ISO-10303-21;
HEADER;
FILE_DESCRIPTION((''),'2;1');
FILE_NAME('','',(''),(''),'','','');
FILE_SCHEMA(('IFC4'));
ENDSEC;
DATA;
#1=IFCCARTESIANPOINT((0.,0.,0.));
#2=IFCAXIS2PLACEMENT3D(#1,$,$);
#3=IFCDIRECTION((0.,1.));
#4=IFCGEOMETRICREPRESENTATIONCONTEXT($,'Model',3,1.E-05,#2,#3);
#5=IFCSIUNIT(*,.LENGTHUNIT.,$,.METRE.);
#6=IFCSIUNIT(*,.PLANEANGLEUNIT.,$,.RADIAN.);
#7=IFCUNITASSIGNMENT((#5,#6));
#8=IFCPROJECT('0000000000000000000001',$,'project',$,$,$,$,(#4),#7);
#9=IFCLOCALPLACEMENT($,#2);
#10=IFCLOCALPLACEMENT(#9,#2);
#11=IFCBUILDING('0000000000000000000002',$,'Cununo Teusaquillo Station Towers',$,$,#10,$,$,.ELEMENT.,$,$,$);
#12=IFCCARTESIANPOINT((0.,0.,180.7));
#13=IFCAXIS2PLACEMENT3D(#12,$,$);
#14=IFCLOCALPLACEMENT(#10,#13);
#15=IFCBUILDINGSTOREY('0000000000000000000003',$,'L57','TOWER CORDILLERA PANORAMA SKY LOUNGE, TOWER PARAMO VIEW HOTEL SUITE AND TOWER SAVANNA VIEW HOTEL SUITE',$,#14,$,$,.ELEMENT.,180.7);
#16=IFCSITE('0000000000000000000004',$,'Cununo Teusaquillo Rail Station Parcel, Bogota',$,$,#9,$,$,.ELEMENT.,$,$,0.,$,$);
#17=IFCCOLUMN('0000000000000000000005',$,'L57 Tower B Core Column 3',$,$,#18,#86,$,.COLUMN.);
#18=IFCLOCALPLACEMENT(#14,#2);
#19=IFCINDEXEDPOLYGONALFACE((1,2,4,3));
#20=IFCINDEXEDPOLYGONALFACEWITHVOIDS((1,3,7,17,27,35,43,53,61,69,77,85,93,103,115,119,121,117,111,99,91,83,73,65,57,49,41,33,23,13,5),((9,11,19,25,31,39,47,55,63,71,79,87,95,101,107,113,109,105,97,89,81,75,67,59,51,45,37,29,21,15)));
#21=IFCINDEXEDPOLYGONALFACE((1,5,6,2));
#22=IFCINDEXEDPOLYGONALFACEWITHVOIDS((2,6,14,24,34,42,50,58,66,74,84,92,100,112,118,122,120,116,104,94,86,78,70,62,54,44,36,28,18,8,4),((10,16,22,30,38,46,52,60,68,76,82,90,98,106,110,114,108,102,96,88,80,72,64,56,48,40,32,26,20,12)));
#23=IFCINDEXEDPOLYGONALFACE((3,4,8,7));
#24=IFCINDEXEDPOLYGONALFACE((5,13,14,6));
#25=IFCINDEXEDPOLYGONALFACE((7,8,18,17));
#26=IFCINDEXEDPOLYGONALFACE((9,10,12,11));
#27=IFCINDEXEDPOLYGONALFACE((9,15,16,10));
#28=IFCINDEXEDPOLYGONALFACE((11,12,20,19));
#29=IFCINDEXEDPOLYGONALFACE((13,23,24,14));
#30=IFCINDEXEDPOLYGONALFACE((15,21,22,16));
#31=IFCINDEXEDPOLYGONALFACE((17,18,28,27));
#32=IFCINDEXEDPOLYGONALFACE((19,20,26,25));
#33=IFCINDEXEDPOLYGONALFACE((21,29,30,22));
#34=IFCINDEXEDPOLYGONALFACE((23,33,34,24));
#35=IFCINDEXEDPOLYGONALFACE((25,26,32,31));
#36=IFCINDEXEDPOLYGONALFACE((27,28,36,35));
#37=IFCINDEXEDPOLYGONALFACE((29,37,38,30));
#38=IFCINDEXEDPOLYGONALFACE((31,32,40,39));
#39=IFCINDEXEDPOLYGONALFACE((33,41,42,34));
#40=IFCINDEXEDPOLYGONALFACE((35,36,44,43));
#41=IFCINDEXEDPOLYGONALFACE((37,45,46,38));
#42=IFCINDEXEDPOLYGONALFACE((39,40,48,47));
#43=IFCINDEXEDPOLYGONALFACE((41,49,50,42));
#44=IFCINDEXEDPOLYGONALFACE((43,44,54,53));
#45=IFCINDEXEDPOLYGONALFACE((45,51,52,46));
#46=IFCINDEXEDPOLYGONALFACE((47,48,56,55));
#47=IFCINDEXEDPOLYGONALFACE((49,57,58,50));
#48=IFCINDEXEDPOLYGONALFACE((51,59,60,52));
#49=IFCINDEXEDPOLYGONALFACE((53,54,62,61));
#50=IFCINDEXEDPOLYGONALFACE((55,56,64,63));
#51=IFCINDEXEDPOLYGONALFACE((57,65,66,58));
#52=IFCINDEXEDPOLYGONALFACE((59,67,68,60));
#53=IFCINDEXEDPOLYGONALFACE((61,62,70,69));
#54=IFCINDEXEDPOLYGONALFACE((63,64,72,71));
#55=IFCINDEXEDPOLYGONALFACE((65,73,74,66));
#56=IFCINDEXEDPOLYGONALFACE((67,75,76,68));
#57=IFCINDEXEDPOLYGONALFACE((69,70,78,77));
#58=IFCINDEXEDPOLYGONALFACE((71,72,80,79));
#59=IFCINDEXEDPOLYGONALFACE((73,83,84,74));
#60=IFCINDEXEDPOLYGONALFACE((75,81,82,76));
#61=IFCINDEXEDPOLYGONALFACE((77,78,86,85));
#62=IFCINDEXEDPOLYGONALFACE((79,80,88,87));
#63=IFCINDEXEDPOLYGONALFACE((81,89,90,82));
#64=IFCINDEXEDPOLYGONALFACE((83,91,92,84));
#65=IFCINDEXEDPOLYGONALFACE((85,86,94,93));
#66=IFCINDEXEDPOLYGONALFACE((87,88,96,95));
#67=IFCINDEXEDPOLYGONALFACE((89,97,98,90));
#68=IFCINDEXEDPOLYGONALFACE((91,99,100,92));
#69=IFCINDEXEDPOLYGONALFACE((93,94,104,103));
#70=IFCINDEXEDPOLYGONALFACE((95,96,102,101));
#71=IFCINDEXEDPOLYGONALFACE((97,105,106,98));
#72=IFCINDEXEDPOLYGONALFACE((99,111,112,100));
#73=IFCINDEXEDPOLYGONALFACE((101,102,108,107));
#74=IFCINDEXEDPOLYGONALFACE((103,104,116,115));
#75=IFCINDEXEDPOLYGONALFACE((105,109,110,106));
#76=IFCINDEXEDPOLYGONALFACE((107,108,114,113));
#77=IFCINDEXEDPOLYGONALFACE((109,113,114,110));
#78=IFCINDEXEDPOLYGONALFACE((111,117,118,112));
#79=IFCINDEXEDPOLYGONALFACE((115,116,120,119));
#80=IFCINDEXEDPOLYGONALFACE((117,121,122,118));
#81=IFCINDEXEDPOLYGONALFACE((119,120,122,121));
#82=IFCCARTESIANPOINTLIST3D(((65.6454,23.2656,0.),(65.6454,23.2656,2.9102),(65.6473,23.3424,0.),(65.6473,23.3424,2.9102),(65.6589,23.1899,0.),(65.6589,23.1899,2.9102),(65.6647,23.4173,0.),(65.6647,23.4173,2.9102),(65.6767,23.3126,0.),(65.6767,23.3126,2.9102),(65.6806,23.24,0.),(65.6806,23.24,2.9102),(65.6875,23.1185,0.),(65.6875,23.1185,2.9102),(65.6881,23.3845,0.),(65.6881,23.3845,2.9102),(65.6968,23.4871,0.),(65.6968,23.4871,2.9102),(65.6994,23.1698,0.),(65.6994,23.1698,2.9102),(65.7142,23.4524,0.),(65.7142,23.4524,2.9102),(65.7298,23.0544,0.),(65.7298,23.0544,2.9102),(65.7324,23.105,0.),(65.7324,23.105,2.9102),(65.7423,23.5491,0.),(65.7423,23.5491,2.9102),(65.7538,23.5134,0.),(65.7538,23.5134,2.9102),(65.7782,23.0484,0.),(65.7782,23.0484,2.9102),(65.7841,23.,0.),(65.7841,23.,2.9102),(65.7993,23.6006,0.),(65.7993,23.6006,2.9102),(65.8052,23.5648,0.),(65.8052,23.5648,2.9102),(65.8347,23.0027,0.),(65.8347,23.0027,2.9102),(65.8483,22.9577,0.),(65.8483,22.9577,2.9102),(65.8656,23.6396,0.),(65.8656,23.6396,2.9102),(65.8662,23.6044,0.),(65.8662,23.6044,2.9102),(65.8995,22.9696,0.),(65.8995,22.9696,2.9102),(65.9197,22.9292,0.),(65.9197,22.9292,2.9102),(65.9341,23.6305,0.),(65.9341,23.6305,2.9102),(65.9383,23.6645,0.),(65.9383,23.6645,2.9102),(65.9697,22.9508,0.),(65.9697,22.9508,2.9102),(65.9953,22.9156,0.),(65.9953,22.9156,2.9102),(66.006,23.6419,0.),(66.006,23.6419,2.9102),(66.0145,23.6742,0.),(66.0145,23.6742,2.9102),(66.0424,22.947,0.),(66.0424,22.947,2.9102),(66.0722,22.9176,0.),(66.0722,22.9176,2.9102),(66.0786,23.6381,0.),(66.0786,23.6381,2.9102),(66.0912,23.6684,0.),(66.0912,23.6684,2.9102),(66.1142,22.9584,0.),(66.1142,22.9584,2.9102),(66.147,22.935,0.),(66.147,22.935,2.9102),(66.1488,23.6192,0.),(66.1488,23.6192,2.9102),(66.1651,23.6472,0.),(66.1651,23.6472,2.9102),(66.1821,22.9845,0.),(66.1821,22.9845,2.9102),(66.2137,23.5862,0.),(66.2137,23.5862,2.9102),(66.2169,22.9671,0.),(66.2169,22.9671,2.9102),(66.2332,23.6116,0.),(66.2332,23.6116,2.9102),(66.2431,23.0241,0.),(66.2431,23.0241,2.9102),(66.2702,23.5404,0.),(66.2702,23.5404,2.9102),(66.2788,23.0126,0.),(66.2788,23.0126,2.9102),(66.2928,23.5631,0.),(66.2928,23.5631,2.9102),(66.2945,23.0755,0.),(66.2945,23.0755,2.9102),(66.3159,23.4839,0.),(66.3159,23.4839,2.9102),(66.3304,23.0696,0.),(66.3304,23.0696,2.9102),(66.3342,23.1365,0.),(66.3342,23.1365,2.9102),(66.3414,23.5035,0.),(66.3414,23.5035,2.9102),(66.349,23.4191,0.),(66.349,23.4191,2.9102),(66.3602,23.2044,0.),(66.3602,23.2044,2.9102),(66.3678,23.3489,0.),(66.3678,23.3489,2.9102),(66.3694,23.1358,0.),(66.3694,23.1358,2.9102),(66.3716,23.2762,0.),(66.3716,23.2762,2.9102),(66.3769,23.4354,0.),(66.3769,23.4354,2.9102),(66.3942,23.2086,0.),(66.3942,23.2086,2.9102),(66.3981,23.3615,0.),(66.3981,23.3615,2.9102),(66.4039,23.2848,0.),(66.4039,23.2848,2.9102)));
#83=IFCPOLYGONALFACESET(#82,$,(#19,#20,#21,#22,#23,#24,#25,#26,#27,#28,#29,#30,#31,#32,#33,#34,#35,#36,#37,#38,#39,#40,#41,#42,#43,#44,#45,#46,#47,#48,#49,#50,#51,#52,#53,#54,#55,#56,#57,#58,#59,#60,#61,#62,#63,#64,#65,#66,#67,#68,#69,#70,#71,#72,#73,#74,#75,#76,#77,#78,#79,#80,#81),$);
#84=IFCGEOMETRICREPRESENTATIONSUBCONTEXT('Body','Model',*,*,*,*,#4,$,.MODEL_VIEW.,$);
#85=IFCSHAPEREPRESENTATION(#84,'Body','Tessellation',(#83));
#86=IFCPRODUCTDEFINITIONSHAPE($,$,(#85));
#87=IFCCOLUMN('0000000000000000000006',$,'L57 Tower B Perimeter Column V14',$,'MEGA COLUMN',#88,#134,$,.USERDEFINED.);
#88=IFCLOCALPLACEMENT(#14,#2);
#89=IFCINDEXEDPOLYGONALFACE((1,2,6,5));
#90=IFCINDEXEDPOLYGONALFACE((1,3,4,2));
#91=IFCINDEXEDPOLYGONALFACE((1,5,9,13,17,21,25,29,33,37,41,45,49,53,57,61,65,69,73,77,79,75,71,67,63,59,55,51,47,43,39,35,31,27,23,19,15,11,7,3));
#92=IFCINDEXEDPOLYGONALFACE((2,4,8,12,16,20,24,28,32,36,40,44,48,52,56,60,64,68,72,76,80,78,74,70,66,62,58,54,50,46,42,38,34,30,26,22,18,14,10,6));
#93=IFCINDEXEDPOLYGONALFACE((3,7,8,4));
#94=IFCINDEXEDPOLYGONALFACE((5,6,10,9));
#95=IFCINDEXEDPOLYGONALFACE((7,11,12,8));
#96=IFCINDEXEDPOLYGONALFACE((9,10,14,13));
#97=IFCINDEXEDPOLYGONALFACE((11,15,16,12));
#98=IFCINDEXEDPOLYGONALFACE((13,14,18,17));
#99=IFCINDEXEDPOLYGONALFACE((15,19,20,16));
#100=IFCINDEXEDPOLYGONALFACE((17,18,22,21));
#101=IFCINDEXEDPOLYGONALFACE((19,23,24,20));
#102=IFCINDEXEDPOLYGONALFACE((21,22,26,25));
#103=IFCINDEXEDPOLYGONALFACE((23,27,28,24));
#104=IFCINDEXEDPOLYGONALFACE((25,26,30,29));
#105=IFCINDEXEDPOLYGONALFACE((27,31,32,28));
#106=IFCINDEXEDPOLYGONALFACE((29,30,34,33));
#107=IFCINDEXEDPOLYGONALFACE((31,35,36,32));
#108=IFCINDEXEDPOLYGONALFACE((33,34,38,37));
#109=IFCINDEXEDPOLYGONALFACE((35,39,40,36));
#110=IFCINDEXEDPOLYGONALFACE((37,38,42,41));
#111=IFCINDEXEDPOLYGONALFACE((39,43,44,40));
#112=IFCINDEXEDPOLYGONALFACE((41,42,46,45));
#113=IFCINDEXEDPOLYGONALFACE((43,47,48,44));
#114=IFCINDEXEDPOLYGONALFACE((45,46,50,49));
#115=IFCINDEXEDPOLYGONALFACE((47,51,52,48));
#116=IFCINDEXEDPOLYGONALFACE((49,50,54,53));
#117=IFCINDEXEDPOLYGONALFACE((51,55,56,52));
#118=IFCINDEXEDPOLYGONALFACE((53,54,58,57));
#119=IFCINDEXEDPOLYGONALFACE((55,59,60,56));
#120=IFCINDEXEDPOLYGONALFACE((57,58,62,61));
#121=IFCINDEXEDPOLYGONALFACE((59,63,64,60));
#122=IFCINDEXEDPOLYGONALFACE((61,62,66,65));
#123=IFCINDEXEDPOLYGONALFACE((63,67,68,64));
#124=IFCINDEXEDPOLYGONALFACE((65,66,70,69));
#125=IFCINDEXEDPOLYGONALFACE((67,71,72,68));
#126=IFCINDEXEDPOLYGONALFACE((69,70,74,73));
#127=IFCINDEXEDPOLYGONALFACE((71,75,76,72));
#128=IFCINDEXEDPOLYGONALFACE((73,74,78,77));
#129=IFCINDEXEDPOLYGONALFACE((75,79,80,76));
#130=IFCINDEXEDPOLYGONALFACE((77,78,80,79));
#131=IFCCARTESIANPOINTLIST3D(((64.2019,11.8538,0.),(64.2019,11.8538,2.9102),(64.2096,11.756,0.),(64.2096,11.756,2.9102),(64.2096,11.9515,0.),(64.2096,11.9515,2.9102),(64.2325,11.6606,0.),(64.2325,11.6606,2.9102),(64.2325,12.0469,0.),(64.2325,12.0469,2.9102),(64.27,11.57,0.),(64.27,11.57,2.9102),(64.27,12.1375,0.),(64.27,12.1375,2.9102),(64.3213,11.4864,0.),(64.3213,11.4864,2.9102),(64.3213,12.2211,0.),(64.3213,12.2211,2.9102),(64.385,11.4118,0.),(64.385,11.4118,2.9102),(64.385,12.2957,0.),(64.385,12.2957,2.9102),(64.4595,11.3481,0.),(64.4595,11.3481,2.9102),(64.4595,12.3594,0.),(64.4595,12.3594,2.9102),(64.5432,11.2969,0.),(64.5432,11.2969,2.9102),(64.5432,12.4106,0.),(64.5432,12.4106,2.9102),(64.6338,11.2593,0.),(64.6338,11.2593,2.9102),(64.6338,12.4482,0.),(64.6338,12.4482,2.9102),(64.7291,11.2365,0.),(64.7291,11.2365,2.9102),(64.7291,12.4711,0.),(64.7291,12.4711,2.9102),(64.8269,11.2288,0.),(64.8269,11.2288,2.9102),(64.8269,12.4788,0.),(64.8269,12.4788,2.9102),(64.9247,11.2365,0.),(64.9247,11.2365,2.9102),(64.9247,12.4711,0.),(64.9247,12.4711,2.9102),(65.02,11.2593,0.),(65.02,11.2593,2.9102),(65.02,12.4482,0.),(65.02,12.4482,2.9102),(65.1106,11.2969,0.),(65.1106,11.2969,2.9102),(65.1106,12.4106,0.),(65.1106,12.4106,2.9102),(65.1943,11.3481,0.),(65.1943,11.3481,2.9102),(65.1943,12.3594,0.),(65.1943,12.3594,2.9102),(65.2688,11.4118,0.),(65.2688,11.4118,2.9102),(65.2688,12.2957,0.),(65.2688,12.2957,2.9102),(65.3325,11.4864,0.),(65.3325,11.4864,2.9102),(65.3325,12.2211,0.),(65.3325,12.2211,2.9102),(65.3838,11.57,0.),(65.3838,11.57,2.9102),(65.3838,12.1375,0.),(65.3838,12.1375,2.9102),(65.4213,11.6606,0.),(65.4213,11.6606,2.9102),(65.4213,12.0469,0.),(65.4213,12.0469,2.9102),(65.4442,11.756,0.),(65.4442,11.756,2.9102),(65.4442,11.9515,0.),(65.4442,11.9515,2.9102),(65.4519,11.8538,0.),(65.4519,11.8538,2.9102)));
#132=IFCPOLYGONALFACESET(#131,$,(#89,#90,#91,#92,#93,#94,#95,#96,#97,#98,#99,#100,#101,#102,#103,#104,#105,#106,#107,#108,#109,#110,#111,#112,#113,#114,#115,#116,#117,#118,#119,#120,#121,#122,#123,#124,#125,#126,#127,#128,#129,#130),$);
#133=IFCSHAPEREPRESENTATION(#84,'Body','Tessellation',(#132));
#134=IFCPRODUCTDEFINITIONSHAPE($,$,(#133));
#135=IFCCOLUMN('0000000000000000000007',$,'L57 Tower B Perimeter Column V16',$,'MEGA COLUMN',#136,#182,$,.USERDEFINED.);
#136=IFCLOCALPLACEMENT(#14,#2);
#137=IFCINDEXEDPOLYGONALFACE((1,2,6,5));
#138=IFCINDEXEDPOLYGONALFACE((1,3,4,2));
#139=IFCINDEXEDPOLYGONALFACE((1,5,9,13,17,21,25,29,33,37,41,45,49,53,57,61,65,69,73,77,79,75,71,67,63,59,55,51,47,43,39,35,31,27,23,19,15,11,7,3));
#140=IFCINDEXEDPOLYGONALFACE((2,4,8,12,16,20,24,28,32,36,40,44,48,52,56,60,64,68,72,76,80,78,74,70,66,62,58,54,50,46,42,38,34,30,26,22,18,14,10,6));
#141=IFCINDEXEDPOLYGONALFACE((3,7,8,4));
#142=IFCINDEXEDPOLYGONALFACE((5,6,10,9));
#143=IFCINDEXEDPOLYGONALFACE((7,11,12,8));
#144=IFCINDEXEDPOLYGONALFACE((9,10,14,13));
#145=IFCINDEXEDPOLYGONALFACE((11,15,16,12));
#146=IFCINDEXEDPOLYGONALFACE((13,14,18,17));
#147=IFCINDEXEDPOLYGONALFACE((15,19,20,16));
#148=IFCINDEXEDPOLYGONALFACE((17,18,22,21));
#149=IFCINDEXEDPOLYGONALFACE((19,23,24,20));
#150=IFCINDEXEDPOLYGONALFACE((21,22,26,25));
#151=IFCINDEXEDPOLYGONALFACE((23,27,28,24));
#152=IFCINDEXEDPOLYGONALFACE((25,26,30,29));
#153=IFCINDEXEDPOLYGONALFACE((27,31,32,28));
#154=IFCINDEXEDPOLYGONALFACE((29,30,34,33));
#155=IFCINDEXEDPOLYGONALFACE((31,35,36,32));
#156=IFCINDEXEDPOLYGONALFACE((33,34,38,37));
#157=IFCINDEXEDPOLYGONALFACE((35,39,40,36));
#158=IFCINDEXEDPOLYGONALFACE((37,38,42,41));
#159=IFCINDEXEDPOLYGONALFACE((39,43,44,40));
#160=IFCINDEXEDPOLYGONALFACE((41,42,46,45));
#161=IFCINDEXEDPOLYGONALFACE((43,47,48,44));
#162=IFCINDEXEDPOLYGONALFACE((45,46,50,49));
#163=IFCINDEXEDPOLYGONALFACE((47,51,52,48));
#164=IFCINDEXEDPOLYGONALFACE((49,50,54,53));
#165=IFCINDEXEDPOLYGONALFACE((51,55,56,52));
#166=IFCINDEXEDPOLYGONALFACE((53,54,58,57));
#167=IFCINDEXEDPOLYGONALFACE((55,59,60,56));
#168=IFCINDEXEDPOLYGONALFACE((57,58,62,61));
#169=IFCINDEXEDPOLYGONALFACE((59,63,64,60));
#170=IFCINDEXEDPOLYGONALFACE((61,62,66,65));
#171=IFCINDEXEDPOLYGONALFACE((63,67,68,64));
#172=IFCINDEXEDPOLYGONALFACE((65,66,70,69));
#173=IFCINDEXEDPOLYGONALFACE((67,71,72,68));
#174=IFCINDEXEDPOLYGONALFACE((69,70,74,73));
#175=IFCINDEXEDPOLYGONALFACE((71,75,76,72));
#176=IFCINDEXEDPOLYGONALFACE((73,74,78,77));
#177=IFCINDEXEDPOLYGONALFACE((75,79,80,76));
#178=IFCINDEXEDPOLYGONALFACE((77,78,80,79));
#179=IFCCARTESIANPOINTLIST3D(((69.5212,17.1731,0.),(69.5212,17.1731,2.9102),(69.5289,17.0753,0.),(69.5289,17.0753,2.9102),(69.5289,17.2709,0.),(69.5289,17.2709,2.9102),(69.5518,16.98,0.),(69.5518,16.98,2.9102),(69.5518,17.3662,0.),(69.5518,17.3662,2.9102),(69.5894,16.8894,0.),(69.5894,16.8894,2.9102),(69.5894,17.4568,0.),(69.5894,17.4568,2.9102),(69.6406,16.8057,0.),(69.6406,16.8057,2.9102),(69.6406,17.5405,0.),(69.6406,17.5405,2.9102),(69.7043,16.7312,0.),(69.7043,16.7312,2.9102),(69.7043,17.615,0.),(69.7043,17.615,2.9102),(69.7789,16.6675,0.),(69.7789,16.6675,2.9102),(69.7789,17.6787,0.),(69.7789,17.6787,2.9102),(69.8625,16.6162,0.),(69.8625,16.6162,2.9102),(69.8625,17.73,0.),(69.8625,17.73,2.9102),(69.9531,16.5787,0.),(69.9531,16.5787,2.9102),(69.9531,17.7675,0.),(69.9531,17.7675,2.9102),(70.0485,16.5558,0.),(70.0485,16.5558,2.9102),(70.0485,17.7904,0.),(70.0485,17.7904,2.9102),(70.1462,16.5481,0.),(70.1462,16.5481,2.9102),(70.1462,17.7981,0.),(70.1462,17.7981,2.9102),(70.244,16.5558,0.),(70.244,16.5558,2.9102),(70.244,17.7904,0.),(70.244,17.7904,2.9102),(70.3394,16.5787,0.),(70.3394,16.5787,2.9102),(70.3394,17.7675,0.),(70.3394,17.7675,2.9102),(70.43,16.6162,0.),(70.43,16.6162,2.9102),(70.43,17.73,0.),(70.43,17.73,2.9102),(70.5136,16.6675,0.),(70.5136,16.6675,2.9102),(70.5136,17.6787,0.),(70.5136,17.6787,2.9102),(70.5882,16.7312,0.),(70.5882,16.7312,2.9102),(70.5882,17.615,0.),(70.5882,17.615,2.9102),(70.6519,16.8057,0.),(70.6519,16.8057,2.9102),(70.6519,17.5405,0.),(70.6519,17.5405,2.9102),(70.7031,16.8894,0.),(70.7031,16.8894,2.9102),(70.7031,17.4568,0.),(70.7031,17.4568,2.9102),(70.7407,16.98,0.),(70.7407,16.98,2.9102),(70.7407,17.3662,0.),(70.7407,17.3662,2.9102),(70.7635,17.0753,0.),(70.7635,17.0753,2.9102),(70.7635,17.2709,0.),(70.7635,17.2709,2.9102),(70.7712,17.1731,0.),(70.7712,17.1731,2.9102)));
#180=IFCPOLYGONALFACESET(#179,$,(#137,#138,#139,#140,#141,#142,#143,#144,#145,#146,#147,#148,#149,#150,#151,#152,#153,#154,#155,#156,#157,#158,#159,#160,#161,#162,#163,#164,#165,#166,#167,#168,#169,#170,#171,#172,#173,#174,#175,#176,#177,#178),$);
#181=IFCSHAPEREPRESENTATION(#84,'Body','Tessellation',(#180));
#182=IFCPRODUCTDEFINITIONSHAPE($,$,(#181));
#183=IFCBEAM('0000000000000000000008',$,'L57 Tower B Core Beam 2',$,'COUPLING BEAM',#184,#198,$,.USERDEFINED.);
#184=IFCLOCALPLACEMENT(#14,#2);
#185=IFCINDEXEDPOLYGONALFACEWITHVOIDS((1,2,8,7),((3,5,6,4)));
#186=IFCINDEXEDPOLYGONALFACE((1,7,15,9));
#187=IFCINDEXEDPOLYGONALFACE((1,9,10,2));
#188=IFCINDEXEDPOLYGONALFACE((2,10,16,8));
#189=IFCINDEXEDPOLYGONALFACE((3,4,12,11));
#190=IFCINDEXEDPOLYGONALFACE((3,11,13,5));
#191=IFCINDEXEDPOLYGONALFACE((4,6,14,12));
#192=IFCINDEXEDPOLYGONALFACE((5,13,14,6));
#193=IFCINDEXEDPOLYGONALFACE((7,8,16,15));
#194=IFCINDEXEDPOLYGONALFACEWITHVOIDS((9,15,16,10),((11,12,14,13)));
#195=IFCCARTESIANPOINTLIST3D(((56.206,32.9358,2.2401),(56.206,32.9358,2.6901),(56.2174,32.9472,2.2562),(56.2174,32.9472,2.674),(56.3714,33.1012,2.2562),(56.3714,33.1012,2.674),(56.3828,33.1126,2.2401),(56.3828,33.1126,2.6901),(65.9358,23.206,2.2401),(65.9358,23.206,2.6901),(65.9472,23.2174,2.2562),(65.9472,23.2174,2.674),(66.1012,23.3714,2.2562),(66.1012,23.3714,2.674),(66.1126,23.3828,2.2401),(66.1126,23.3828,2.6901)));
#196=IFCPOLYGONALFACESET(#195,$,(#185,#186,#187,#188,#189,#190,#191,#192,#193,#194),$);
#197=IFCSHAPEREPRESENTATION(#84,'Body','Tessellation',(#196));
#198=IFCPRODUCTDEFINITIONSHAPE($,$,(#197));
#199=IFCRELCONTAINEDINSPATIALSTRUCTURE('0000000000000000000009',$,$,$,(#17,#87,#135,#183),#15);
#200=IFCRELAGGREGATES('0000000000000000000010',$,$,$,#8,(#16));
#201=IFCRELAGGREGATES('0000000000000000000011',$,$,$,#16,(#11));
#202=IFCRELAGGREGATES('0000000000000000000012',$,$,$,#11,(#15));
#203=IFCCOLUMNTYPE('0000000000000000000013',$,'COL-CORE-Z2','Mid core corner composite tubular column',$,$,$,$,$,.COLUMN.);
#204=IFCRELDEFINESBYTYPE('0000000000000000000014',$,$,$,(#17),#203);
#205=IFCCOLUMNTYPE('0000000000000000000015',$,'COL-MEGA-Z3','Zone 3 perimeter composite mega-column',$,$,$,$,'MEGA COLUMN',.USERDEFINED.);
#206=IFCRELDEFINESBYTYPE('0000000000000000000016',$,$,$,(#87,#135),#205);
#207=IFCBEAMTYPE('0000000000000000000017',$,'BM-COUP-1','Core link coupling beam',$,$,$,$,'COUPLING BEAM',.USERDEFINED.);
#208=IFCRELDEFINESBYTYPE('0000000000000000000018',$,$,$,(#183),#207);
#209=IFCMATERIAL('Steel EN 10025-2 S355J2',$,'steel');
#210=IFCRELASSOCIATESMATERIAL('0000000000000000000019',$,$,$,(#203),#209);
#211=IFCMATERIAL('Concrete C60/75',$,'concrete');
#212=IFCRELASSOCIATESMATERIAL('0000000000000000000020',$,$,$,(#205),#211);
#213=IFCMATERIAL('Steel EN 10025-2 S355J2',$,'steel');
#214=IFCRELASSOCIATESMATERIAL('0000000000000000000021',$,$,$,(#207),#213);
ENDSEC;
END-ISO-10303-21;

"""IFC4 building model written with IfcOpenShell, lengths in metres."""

from ifc_helpers import new_model, si_unit, direction, frame, origin, origin_2d, place, context, subcontext, project, spatial, hollow_rectangle, circle, hollow_circle, extrude, material, material_profile, profile_set, type_object, element, save


model = new_model("IFC4")

# Units and contexts
model_context = context("Model", 3, precision=1e-05, world=origin(), true_north=direction((0.0, 1.0)))
body_context = subcontext(model_context, "Body", "Model", "MODEL_VIEW")
ifc_project = project(units=[si_unit("LENGTHUNIT", "METRE"), si_unit("PLANEANGLEUNIT", "RADIAN")], contexts=[model_context])

# Site, building, storey
site_placement = place(None, origin())
site = spatial("IfcSite", under=ifc_project, at=site_placement, Name="Cununo Teusaquillo Rail Station Parcel, Bogota", CompositionType="ELEMENT", RefElevation=0.0)
building_placement = place(site_placement, origin())
building = spatial("IfcBuilding", under=site, at=building_placement, Name="Cununo Teusaquillo Station Towers", CompositionType="ELEMENT")
storey_placement = place(building_placement, frame((0.0, 0.0, 180.7)))
storey = spatial("IfcBuildingStorey", under=building, at=storey_placement, Name="L57", Description="TOWER CORDILLERA PANORAMA SKY LOUNGE, TOWER PARAMO VIEW HOTEL SUITE AND TOWER SAVANNA VIEW HOTEL SUITE", CompositionType="ELEMENT", Elevation=180.7)

# Columns
ifc_material_1 = material(Name="Steel EN 10025-2 S355J2", Category="steel")
ifc_material_profile_1 = material_profile(ifc_material_1, hollow_circle(Radius=0.3799, WallThickness=0.032, at=origin_2d()), Name="CHS 760x32")
ifc_profile_set_1 = profile_set([ifc_material_profile_1], Name="Steel EN 10025-2 S355J2")
column_type_1 = type_object("IfcColumnType", Name="COL-CORE-Z2", Description="Mid core corner composite tubular column", PredefinedType="COLUMN", material=ifc_profile_set_1)
column_placement = place(storey_placement, frame((66.0242, 23.2944, 0.0), z_axis=(0.0, 0.0, 1.0), x_axis=(0.707107, 0.707107, 0.0)))
element("IfcColumn", 1, at=column_placement, inside=storey, type_object=column_type_1, Name="L57 Tower B Core Column 3", PredefinedType="COLUMN", context=body_context, shape_type="SweptSolid", body=[
    extrude(hollow_circle(Radius=0.3799, WallThickness=0.032, at=origin_2d()), origin(), (0.0, 0.0, 1.0), 2.9102),
])
ifc_material_2 = material(Name="Concrete C60/75", Category="concrete")
ifc_material_profile_2 = material_profile(ifc_material_2, circle(Radius=0.625, at=origin_2d()), Name="RC-CIRC-1250")
ifc_profile_set_2 = profile_set([ifc_material_profile_2], Name="Concrete C60/75")
column_type_2 = type_object("IfcColumnType", Name="COL-MEGA-Z3", Description="Zone 3 perimeter composite mega-column", ElementType="MEGA COLUMN", PredefinedType="USERDEFINED", material=ifc_profile_set_2)
for number, where, z_axis, x_axis, name in (
    (2, (64.8269, 11.8538, 0.0), (0.0, 0.0, 1.0), (1.0, 0.0, 0.0), "L57 Tower B Perimeter Column V14"),
    (3, (70.1462, 17.1731, 0.0), (0.0, 0.0, 1.0), (1.0, 0.0, 0.0), "L57 Tower B Perimeter Column V16"),
):
    element("IfcColumn", number, at=place(storey_placement, frame(where, z_axis=z_axis, x_axis=x_axis)), inside=storey, type_object=column_type_2, Name=name, ObjectType="MEGA COLUMN", PredefinedType="USERDEFINED", context=body_context, shape_type="SweptSolid", body=[
        extrude(circle(Radius=0.625, at=origin_2d()), origin(), (0.0, 0.0, 1.0), 2.9102),
    ])

# Beam
ifc_material_3 = material(Name="Steel EN 10025-2 S355J2", Category="steel")
ifc_material_profile_3 = material_profile(ifc_material_3, hollow_rectangle(XDim=0.25, YDim=0.45, WallThickness=0.0161, at=origin_2d()), Name="RHS 450x250x16")
ifc_profile_set_3 = profile_set([ifc_material_profile_3], Name="Steel EN 10025-2 S355J2")
beam_type_1 = type_object("IfcBeamType", Name="BM-COUP-1", Description="Core link coupling beam", ElementType="COUPLING BEAM", PredefinedType="USERDEFINED", material=ifc_profile_set_3)
beam_1_placement = place(storey_placement, frame((66.0242, 23.2944, 2.4651), z_axis=(-0.707107, 0.707107, 0.0), x_axis=(-0.707107, -0.707107, 0.0)))
element("IfcBeam", 4, at=beam_1_placement, inside=storey, type_object=beam_type_1, Name="L57 Tower B Core Beam 2", ObjectType="COUPLING BEAM", PredefinedType="USERDEFINED", context=body_context, shape_type="SweptSolid", body=[
    extrude(hollow_rectangle(XDim=0.25, YDim=0.45, WallThickness=0.0161, at=origin_2d()), origin(), (0.0, 0.0, 1.0), 13.76),
])

save(model, "model.ifc")
